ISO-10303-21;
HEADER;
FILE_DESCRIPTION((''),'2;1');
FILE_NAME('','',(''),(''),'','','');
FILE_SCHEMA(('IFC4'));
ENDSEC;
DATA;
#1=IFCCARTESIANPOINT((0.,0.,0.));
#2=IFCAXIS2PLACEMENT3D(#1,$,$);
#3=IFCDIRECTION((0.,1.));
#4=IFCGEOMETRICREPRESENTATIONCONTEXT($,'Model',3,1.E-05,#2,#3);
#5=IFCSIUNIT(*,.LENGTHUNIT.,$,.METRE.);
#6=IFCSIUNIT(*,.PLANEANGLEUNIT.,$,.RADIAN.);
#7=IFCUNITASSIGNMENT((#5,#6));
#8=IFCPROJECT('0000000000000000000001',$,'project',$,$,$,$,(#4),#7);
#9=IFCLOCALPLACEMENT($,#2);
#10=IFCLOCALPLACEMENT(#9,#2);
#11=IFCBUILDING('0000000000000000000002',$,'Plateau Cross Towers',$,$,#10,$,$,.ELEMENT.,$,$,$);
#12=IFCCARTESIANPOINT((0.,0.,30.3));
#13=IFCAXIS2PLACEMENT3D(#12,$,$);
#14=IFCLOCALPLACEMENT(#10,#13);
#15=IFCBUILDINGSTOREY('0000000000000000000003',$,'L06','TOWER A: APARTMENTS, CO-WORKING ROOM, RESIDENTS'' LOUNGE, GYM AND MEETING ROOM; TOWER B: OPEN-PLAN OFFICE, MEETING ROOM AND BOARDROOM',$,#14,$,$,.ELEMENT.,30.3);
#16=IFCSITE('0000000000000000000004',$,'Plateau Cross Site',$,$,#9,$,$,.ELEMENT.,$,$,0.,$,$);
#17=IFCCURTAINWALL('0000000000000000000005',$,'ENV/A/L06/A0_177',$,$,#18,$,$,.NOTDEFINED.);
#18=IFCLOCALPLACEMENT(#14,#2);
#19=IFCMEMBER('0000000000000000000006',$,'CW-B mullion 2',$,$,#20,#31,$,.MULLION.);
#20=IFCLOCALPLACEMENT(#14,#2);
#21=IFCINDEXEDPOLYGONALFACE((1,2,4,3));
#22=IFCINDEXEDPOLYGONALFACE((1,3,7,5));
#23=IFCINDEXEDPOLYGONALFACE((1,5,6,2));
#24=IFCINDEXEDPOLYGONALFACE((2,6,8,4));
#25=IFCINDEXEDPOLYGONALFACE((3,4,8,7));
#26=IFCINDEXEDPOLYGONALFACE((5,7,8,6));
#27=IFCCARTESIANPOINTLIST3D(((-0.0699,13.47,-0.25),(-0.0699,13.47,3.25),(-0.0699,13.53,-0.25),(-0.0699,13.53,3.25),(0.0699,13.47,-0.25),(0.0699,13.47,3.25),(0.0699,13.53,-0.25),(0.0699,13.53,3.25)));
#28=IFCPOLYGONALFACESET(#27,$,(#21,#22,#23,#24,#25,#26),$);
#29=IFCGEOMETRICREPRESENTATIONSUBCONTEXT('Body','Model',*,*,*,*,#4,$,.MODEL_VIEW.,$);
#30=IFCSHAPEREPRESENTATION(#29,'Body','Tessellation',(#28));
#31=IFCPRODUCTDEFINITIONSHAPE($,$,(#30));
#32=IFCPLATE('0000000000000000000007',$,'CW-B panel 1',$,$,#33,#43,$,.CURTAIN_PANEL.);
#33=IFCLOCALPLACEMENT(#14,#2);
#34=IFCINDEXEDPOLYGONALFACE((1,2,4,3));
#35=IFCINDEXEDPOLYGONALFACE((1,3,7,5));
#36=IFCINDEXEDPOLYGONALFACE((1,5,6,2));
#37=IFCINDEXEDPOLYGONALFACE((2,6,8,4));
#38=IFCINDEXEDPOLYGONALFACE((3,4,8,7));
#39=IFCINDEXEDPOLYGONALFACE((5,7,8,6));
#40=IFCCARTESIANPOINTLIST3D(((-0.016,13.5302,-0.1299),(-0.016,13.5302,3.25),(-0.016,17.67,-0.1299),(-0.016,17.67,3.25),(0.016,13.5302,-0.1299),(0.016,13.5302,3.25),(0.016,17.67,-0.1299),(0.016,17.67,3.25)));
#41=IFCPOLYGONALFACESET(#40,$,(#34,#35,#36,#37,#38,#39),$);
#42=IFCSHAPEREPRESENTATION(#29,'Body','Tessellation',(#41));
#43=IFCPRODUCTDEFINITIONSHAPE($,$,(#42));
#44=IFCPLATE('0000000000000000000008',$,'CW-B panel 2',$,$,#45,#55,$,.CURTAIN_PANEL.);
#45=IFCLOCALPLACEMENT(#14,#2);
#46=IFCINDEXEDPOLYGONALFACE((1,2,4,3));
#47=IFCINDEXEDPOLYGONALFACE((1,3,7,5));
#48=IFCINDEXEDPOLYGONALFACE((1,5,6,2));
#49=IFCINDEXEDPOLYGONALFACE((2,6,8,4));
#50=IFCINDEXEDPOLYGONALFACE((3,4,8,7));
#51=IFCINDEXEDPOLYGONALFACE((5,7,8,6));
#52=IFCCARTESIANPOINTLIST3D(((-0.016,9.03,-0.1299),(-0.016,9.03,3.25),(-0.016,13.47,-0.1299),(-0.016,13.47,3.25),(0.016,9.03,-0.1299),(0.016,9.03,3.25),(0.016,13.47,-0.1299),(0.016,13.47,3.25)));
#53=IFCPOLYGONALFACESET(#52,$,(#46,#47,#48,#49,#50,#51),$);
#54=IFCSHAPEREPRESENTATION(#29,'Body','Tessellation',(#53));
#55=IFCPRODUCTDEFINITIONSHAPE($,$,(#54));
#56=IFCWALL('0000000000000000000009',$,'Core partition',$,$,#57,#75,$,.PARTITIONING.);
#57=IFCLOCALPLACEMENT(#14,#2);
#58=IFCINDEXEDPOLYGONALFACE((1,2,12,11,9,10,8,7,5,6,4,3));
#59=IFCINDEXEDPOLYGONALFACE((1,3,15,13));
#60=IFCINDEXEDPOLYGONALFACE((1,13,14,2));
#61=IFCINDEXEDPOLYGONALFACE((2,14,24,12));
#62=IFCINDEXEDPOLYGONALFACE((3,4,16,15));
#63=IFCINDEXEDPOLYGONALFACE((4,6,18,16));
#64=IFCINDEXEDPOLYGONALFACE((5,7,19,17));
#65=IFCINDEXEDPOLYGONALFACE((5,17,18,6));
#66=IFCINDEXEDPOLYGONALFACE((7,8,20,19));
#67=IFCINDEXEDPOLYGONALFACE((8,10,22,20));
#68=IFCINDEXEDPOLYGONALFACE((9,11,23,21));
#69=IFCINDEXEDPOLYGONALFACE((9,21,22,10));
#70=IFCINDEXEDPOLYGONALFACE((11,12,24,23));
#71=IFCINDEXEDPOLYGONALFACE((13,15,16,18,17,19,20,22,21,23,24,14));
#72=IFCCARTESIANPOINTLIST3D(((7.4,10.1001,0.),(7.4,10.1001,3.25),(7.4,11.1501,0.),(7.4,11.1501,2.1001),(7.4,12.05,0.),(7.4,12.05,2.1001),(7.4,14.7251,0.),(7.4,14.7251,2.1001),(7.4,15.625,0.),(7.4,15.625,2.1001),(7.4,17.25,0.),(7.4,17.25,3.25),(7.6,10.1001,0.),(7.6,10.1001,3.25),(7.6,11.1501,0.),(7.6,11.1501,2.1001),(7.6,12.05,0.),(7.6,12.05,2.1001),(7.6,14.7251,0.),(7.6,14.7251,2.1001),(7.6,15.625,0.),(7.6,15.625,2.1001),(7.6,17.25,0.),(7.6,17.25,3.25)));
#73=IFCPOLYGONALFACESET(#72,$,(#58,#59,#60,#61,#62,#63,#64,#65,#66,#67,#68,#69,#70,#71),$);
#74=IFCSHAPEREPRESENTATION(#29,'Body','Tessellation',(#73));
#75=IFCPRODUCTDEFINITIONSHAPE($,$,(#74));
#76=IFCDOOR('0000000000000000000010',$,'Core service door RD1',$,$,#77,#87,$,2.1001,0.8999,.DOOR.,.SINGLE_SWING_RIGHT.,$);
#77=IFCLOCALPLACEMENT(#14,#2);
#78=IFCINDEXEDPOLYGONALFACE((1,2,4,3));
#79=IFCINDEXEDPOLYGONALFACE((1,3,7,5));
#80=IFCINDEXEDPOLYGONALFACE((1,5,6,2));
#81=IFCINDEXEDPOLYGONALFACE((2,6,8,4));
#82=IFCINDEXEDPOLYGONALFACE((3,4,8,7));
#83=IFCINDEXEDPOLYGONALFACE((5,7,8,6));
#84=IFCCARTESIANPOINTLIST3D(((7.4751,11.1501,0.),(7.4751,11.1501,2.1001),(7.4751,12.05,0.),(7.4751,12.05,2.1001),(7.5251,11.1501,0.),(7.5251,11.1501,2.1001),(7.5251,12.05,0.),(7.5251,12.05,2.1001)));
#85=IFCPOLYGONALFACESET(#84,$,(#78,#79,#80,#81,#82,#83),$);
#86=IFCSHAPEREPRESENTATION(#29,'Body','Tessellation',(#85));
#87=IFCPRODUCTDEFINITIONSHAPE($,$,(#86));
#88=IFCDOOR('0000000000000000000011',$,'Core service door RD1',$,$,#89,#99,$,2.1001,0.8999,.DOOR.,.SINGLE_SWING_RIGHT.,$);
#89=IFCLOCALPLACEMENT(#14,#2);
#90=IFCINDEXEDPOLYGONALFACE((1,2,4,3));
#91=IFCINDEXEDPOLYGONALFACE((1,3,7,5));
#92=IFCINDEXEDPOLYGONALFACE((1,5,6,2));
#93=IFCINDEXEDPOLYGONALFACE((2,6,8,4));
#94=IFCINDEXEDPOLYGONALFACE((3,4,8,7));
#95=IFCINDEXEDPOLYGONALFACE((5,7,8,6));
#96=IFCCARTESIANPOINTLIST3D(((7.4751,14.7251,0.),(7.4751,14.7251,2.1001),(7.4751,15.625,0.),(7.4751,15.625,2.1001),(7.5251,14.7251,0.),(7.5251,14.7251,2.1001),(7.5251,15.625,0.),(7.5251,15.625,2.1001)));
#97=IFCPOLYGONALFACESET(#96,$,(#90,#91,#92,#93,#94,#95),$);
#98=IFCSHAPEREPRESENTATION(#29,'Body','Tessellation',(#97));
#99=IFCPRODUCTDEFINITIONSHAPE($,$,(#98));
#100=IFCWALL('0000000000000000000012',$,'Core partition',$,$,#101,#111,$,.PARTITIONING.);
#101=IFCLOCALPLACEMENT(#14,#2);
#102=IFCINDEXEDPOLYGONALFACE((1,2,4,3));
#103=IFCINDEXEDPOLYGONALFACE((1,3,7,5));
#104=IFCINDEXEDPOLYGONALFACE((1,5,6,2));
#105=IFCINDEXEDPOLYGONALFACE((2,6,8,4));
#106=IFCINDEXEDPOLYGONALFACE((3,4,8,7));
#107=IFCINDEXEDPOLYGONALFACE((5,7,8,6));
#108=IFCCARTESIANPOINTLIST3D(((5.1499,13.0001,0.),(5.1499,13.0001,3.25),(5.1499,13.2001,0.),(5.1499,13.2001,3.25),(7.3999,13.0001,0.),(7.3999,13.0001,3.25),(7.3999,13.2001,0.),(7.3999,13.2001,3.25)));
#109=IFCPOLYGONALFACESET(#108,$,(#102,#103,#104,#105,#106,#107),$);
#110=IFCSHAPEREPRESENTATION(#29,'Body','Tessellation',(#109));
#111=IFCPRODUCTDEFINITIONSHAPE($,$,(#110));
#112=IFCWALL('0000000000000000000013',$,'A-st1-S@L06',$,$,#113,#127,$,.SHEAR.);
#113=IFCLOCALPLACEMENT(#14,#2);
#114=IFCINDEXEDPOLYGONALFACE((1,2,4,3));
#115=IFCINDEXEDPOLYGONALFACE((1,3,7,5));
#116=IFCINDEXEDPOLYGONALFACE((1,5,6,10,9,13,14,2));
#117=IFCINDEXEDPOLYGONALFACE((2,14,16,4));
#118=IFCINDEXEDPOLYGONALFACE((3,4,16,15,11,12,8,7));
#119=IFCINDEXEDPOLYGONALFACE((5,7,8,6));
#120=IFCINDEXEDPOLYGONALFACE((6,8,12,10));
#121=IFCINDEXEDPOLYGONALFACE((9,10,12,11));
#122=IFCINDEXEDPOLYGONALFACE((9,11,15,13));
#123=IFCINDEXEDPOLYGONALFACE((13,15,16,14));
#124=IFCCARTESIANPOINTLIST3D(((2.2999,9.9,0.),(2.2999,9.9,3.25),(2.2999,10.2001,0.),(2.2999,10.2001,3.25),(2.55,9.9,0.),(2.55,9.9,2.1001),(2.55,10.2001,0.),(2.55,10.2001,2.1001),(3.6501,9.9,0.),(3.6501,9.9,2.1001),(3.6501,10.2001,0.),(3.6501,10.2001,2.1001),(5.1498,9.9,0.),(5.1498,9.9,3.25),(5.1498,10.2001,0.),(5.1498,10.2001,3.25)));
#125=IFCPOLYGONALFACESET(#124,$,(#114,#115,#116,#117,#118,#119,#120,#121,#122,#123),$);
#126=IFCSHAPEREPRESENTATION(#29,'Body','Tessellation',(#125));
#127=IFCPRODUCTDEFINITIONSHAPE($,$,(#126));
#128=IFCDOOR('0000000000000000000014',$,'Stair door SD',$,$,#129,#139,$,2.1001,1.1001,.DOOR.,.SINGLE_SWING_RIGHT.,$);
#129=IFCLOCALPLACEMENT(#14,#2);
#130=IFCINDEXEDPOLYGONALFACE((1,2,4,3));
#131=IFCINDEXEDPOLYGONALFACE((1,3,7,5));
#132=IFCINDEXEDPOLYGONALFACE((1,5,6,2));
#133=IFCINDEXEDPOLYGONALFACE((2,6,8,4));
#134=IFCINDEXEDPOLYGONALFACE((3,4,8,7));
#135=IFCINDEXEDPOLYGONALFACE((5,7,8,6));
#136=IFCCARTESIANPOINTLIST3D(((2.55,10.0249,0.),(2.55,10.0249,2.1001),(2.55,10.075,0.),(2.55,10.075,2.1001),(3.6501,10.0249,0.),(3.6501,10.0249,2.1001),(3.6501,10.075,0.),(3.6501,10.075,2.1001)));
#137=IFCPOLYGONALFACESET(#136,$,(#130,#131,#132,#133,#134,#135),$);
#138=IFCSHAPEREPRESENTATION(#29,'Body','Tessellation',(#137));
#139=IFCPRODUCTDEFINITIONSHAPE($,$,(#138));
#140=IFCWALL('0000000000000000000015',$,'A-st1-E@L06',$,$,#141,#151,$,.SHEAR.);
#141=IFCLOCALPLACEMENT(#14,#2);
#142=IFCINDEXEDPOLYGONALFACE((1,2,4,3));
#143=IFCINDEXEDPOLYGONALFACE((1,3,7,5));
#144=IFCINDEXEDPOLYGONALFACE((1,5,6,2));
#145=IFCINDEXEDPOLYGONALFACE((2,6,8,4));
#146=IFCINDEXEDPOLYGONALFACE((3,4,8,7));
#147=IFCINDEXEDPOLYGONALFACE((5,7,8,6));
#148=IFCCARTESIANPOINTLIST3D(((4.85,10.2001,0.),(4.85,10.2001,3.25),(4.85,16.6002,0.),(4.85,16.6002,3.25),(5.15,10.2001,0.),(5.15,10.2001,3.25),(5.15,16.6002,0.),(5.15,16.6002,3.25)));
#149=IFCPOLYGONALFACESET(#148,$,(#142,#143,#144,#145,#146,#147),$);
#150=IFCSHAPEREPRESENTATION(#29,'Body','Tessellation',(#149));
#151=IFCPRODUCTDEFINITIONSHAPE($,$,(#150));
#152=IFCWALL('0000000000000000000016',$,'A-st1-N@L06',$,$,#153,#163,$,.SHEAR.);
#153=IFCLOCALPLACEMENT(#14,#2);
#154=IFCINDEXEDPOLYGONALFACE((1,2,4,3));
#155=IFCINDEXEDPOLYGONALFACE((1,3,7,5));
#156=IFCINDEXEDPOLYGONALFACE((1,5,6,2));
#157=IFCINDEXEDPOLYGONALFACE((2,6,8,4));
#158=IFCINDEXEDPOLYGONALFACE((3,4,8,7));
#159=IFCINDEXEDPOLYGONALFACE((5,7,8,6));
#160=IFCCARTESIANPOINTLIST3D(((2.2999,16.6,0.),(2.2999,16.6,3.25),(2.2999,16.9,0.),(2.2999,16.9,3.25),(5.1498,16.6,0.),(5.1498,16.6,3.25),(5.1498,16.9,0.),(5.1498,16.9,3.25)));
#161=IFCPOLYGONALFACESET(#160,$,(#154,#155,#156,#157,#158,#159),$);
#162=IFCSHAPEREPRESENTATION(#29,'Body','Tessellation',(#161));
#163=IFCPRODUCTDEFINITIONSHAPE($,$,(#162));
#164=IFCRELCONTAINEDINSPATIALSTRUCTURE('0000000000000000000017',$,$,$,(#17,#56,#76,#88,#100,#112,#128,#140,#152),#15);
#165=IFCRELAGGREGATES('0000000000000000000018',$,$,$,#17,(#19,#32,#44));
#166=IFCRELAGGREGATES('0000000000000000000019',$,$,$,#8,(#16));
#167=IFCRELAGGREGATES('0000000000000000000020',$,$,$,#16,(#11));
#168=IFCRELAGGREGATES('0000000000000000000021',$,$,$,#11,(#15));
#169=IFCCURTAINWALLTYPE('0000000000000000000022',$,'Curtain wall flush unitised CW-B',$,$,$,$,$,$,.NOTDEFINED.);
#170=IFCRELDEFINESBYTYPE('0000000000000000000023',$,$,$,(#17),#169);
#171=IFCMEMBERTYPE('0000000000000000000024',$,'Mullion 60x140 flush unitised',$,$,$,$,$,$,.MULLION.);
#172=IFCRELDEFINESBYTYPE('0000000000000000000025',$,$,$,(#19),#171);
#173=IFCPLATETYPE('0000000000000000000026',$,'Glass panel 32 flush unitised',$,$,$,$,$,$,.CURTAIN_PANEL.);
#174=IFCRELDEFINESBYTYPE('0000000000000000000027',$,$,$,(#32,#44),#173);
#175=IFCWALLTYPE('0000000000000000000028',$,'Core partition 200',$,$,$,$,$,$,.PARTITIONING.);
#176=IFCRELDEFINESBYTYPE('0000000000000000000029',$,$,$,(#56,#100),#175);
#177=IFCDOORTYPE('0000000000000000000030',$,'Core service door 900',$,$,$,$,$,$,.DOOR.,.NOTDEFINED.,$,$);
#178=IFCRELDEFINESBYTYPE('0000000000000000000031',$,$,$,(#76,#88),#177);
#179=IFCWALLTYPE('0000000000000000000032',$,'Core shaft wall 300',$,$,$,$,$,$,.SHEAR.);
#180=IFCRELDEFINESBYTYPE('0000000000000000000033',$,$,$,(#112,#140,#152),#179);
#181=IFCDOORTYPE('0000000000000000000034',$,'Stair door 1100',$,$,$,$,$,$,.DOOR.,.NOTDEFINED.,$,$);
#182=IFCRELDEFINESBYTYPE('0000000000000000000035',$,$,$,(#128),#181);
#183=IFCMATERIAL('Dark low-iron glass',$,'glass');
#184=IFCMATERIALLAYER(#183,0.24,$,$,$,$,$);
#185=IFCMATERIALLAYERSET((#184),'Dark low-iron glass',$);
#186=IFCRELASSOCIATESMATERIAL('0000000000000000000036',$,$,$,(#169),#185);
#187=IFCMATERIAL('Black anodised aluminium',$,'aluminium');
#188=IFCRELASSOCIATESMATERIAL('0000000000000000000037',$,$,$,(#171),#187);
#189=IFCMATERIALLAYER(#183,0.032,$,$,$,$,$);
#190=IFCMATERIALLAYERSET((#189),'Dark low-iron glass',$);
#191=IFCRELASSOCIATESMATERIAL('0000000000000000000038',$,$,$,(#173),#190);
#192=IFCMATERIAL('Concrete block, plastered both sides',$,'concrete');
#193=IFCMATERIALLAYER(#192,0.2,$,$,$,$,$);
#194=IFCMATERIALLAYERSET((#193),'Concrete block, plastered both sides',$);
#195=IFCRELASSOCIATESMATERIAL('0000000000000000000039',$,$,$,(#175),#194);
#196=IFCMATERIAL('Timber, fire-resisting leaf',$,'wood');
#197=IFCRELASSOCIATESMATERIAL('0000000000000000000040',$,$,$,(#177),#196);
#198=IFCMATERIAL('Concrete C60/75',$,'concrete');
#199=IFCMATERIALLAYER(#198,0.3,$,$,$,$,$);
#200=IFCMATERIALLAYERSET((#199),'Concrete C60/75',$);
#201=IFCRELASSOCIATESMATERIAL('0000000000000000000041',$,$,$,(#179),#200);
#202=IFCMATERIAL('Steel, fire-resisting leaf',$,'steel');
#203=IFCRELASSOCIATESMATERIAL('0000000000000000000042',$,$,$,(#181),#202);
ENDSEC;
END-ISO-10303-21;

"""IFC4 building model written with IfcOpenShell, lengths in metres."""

from ifc_helpers import new_model, si_unit, direction, frame, frame_2d, origin, origin_2d, place, context, subcontext, project, spatial, rectangle, extrude, material, layer, layer_set, material_profile, profile_set, type_object, element, fill, aggregate, save


model = new_model("IFC4")

# Units and contexts
model_context = context("Model", 3, precision=1e-05, world=origin(), true_north=direction((0.0, 1.0)))
body_context = subcontext(model_context, "Body", "Model", "MODEL_VIEW")
ifc_project = project(units=[si_unit("LENGTHUNIT", "METRE"), si_unit("PLANEANGLEUNIT", "RADIAN")], contexts=[model_context])

# Site, building, storey
site_placement = place(None, origin())
site = spatial("IfcSite", under=ifc_project, at=site_placement, Name="Plateau Cross Site", CompositionType="ELEMENT", RefElevation=0.0)
building_placement = place(site_placement, origin())
building = spatial("IfcBuilding", under=site, at=building_placement, Name="Plateau Cross Towers", CompositionType="ELEMENT")
storey_placement = place(building_placement, frame((0.0, 0.0, 30.3)))
storey = spatial("IfcBuildingStorey", under=building, at=storey_placement, Name="L06", Description="TOWER A: APARTMENTS, CO-WORKING ROOM, RESIDENTS' LOUNGE, GYM AND MEETING ROOM; TOWER B: OPEN-PLAN OFFICE, MEETING ROOM AND BOARDROOM", CompositionType="ELEMENT", Elevation=30.3)

# Curtain wall, member, plates
ifc_material_1 = material(Name="Dark low-iron glass", Category="glass")
ifc_layer_1 = layer(ifc_material_1, 0.24)
ifc_layer_set_1 = layer_set([ifc_layer_1], Name="Dark low-iron glass")
curtain_wall_type = type_object("IfcCurtainWallType", Name="Curtain wall flush unitised CW-B", PredefinedType="NOTDEFINED", material=ifc_layer_set_1)
curtain_wall_placement = place(storey_placement, origin())
curtain_wall = element("IfcCurtainWall", 1, at=curtain_wall_placement, inside=storey, type_object=curtain_wall_type, Name="ENV/A/L06/A0_177", PredefinedType="NOTDEFINED")
ifc_material_2 = material(Name="Black anodised aluminium", Category="aluminium")
ifc_material_profile = material_profile(ifc_material_2, rectangle(XDim=0.0601, YDim=0.1399, at=origin_2d()), Name="MULLION 60x140")
ifc_profile_set = profile_set([ifc_material_profile], Name="Black anodised aluminium")
member_type = type_object("IfcMemberType", Name="Mullion 60x140 flush unitised", PredefinedType="MULLION", material=ifc_profile_set)
member_placement = place(storey_placement, frame((0.0, 13.5, -0.25), z_axis=(0.0, 0.0, 1.0), x_axis=(0.0, -1.0, 0.0)))
member = element("IfcMember", 2, at=member_placement, type_object=member_type, Name="CW-B mullion 2", PredefinedType="MULLION", context=body_context, shape_type="SweptSolid", body=[
    extrude(rectangle(XDim=0.0601, YDim=0.1399, at=origin_2d()), origin(), (0.0, 0.0, 1.0), 3.5),
])
ifc_layer_2 = layer(ifc_material_1, 0.032)
ifc_layer_set_2 = layer_set([ifc_layer_2], Name="Dark low-iron glass")
plate_type = type_object("IfcPlateType", Name="Glass panel 32 flush unitised", PredefinedType="CURTAIN_PANEL", material=ifc_layer_set_2)
plate_1_placement = place(storey_placement, frame((0.0, 15.6001, -0.1299), z_axis=(0.0, 0.0, 1.0), x_axis=(0.0, -1.0, 0.0)))
plate_1 = element("IfcPlate", 3, at=plate_1_placement, type_object=plate_type, Name="CW-B panel 1", PredefinedType="CURTAIN_PANEL", context=body_context, shape_type="SweptSolid", body=[
    extrude(rectangle(XDim=4.1399, YDim=0.032, at=origin_2d()), origin(), (0.0, 0.0, 1.0), 3.3799),
])
plate_2_placement = place(storey_placement, frame((0.0, 11.25, -0.1299), z_axis=(0.0, 0.0, 1.0), x_axis=(0.0, -1.0, 0.0)))
plate_2 = element("IfcPlate", 4, at=plate_2_placement, type_object=plate_type, Name="CW-B panel 2", PredefinedType="CURTAIN_PANEL", context=body_context, shape_type="SweptSolid", body=[
    extrude(rectangle(XDim=4.4399, YDim=0.032, at=origin_2d()), origin(), (0.0, 0.0, 1.0), 3.3799),
])
aggregate(curtain_wall, [member, plate_1, plate_2])

# Wall, openings, doors
ifc_material_3 = material(Name="Concrete block, plastered both sides", Category="concrete")
ifc_layer_3 = layer(ifc_material_3, 0.2)
ifc_layer_set_3 = layer_set([ifc_layer_3], Name="Concrete block, plastered both sides")
wall_type_1 = type_object("IfcWallType", Name="Core partition 200", PredefinedType="PARTITIONING", material=ifc_layer_set_3)
wall_1_placement = place(storey_placement, frame((7.5, 10.1001, 0.0), z_axis=(0.0, 0.0, 1.0), x_axis=(0.0, 1.0, 0.0)))
wall_1 = element("IfcWall", 5, at=wall_1_placement, inside=storey, type_object=wall_type_1, Name="Core partition", PredefinedType="PARTITIONING", context=body_context, shape_type="SweptSolid", body=[
    extrude(rectangle(XDim=7.1499, YDim=0.2, at=frame_2d((3.575, 0.0))), origin(), (0.0, 0.0, 1.0), 3.25),
])
opening_1_placement = place(wall_1_placement, frame((1.05, 0.0, 0.0)))
opening_1 = element("IfcOpeningElement", 6, at=opening_1_placement, cuts=wall_1, PredefinedType="OPENING", context=body_context, shape_type="SweptSolid", body=[
    extrude(rectangle(XDim=0.8999, YDim=2.1001, at=frame_2d((0.45, 1.05))), frame((0.0, 0.1099, 0.0), z_axis=(0.0, -1.0, 0.0), x_axis=(1.0, 0.0, 0.0)), (0.0, 0.0, 1.0), 0.22),
])
opening_2_placement = place(wall_1_placement, frame((4.625, 0.0, 0.0)))
opening_2 = element("IfcOpeningElement", 7, at=opening_2_placement, cuts=wall_1, PredefinedType="OPENING", context=body_context, shape_type="SweptSolid", body=[
    extrude(rectangle(XDim=0.8999, YDim=2.1001, at=frame_2d((0.45, 1.05))), frame((0.0, 0.1099, 0.0), z_axis=(0.0, -1.0, 0.0), x_axis=(1.0, 0.0, 0.0)), (0.0, 0.0, 1.0), 0.22),
])
ifc_material_4 = material(Name="Timber, fire-resisting leaf", Category="wood")
door_type_1 = type_object("IfcDoorType", Name="Core service door 900", OperationType="NOTDEFINED", PredefinedType="DOOR", material=ifc_material_4)
door_1_placement = place(opening_1_placement, origin())
door_1 = element("IfcDoor", 8, at=door_1_placement, inside=storey, type_object=door_type_1, Name="Core service door RD1", OperationType="SINGLE_SWING_RIGHT", OverallHeight=2.1001, OverallWidth=0.8999, PredefinedType="DOOR", context=body_context, shape_type="SweptSolid", body=[
    extrude(rectangle(XDim=0.8999, YDim=2.1001, at=frame_2d((0.45, 1.05))), frame((0.0, 0.0249, 0.0), z_axis=(0.0, -1.0, 0.0), x_axis=(1.0, 0.0, 0.0)), (0.0, 0.0, 1.0), 0.05),
])
fill(opening_1, door_1)
door_2_placement = place(opening_2_placement, origin())
door_2 = element("IfcDoor", 9, at=door_2_placement, inside=storey, type_object=door_type_1, Name="Core service door RD1", OperationType="SINGLE_SWING_RIGHT", OverallHeight=2.1001, OverallWidth=0.8999, PredefinedType="DOOR", context=body_context, shape_type="SweptSolid", body=[
    extrude(rectangle(XDim=0.8999, YDim=2.1001, at=frame_2d((0.45, 1.05))), frame((0.0, 0.0249, 0.0), z_axis=(0.0, -1.0, 0.0), x_axis=(1.0, 0.0, 0.0)), (0.0, 0.0, 1.0), 0.05),
])
fill(opening_2, door_2)

# Wall
wall_2_placement = place(storey_placement, frame((5.1499, 13.1001, 0.0), z_axis=(0.0, 0.0, 1.0), x_axis=(1.0, 0.0, 0.0)))
element("IfcWall", 10, at=wall_2_placement, inside=storey, type_object=wall_type_1, Name="Core partition", PredefinedType="PARTITIONING", context=body_context, shape_type="SweptSolid", body=[
    extrude(rectangle(XDim=2.25, YDim=0.2, at=frame_2d((1.125, 0.0))), origin(), (0.0, 0.0, 1.0), 3.25),
])

# Wall, opening, door
ifc_material_5 = material(Name="Concrete C60/75", Category="concrete")
ifc_layer_4 = layer(ifc_material_5, 0.3)
ifc_layer_set_4 = layer_set([ifc_layer_4], Name="Concrete C60/75")
wall_type_2 = type_object("IfcWallType", Name="Core shaft wall 300", PredefinedType="SHEAR", material=ifc_layer_set_4)
wall_3_placement = place(storey_placement, frame((2.3, 10.05, 0.0), z_axis=(0.0, 0.0, 1.0), x_axis=(1.0, 0.0, 0.0)))
wall_3 = element("IfcWall", 11, at=wall_3_placement, inside=storey, type_object=wall_type_2, Name="A-st1-S@L06", PredefinedType="SHEAR", context=body_context, shape_type="SweptSolid", body=[
    extrude(rectangle(XDim=2.8499, YDim=0.3, at=frame_2d((1.4248, 0.0))), origin(), (0.0, 0.0, 1.0), 3.25),
])
opening_3_placement = place(wall_3_placement, frame((0.25, 0.0, 0.0)))
opening_3 = element("IfcOpeningElement", 12, at=opening_3_placement, cuts=wall_3, PredefinedType="OPENING", context=body_context, shape_type="SweptSolid", body=[
    extrude(rectangle(XDim=1.1001, YDim=2.1001, at=frame_2d((0.55, 1.05))), frame((0.0, 0.1599, 0.0), z_axis=(0.0, -1.0, 0.0), x_axis=(1.0, 0.0, 0.0)), (0.0, 0.0, 1.0), 0.3201),
])
ifc_material_6 = material(Name="Steel, fire-resisting leaf", Category="steel")
door_type_2 = type_object("IfcDoorType", Name="Stair door 1100", OperationType="NOTDEFINED", PredefinedType="DOOR", material=ifc_material_6)
door_3_placement = place(opening_3_placement, origin())
door_3 = element("IfcDoor", 13, at=door_3_placement, inside=storey, type_object=door_type_2, Name="Stair door SD", OperationType="SINGLE_SWING_RIGHT", OverallHeight=2.1001, OverallWidth=1.1001, PredefinedType="DOOR", context=body_context, shape_type="SweptSolid", body=[
    extrude(rectangle(XDim=1.1001, YDim=2.1001, at=frame_2d((0.55, 1.05))), frame((0.0, 0.0249, 0.0), z_axis=(0.0, -1.0, 0.0), x_axis=(1.0, 0.0, 0.0)), (0.0, 0.0, 1.0), 0.05),
])
fill(opening_3, door_3)

# Walls
wall_4_placement = place(storey_placement, frame((5.0, 10.2, 0.0), z_axis=(0.0, 0.0, 1.0), x_axis=(0.0, 1.0, 0.0)))
element("IfcWall", 14, at=wall_4_placement, inside=storey, type_object=wall_type_2, Name="A-st1-E@L06", PredefinedType="SHEAR", context=body_context, shape_type="SweptSolid", body=[
    extrude(rectangle(XDim=6.4001, YDim=0.3, at=frame_2d((3.2002, 0.0))), origin(), (0.0, 0.0, 1.0), 3.25),
])
wall_5_placement = place(storey_placement, frame((2.3, 16.75, 0.0), z_axis=(0.0, 0.0, 1.0), x_axis=(1.0, 0.0, 0.0)))
element("IfcWall", 15, at=wall_5_placement, inside=storey, type_object=wall_type_2, Name="A-st1-N@L06", PredefinedType="SHEAR", context=body_context, shape_type="SweptSolid", body=[
    extrude(rectangle(XDim=2.8499, YDim=0.3, at=frame_2d((1.4248, 0.0))), origin(), (0.0, 0.0, 1.0), 3.25),
])

save(model, "model.ifc")
